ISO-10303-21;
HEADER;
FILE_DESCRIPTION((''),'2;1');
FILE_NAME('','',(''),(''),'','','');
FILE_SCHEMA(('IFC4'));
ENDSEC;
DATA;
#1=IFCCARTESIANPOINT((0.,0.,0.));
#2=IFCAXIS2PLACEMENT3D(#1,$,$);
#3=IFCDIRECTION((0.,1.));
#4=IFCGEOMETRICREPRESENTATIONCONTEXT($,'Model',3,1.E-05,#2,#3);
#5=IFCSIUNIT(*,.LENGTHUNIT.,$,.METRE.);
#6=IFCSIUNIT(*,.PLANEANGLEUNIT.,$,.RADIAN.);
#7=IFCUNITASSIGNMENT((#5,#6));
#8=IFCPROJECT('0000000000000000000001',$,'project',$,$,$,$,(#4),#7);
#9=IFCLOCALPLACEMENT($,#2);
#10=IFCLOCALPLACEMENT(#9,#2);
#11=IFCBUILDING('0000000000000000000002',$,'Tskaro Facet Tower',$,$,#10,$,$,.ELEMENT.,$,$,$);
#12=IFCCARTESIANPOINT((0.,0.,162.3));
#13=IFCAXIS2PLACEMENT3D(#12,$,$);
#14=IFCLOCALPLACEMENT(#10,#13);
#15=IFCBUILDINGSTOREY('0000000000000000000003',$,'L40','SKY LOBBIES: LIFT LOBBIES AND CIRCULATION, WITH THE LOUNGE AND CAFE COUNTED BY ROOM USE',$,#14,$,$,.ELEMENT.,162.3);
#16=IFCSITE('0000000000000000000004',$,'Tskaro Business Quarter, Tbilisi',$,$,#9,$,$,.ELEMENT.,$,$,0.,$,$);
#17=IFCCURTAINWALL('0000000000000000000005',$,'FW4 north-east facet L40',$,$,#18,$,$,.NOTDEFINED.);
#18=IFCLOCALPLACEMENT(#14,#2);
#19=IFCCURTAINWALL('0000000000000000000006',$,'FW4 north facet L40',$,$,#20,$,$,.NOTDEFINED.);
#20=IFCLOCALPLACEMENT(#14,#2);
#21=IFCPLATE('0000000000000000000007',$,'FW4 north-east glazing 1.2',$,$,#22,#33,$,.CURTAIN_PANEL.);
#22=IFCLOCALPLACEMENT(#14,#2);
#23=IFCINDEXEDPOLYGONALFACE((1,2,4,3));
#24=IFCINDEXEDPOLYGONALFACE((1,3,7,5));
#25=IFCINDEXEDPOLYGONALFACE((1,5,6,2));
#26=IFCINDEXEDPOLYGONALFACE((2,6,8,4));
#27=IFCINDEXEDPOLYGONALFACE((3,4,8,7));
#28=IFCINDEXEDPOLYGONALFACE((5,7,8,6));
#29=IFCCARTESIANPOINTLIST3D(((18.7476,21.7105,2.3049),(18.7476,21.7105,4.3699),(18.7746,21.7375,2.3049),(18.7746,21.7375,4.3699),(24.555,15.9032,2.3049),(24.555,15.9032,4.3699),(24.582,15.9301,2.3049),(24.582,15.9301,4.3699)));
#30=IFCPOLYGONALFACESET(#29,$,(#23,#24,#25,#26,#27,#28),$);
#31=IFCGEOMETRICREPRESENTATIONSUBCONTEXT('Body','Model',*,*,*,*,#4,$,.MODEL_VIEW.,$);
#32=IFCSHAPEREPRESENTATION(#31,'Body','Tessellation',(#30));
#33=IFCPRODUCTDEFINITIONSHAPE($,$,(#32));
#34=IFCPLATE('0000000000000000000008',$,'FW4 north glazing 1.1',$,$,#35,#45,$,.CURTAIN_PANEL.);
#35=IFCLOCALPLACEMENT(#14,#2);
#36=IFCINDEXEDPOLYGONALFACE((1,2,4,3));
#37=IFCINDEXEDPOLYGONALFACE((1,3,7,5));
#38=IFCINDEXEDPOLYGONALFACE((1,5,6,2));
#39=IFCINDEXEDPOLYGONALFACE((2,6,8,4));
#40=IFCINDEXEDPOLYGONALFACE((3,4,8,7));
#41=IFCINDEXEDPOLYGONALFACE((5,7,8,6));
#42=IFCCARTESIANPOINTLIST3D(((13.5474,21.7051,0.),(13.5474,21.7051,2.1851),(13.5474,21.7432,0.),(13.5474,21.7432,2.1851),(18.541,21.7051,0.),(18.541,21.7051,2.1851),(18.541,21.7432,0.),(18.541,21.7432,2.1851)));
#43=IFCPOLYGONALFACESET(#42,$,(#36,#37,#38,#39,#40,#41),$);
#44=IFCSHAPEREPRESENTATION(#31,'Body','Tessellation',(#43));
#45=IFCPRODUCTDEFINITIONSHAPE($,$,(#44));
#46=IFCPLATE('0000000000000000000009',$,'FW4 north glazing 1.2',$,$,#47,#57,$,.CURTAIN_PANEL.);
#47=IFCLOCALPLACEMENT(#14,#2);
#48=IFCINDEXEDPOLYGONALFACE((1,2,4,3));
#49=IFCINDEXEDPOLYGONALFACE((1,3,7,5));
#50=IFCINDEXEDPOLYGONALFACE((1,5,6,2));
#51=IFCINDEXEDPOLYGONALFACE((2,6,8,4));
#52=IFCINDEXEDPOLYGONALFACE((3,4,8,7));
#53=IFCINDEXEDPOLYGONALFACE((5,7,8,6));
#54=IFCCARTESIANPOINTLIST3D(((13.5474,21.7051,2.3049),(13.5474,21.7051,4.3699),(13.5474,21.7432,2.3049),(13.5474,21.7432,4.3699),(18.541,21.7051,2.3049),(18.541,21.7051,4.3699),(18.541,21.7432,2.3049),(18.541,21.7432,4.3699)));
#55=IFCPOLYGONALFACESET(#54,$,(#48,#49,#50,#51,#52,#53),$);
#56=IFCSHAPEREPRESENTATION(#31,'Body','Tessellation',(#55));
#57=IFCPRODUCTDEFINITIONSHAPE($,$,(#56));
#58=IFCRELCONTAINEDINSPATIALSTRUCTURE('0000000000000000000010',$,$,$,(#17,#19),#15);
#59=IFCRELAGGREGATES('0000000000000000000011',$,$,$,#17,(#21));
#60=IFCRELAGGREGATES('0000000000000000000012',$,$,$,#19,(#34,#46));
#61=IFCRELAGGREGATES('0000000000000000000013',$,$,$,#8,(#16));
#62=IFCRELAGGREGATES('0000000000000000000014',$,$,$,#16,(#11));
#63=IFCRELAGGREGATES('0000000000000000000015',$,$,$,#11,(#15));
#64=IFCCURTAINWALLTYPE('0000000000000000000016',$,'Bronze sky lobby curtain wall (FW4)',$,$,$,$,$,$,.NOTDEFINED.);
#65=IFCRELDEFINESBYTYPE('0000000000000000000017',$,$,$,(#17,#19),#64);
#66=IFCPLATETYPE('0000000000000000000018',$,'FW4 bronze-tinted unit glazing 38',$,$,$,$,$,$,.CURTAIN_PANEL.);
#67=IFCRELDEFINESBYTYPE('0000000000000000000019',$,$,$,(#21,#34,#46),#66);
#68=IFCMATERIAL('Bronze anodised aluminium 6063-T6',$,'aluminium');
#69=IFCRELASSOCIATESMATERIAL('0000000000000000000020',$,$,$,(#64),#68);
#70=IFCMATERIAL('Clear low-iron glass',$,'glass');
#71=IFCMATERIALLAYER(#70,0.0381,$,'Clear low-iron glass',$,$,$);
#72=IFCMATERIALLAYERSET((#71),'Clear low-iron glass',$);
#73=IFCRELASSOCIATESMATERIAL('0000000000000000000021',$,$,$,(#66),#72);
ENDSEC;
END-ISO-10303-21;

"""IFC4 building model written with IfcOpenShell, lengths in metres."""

from ifc_helpers import new_model, si_unit, direction, frame, origin, origin_2d, place, context, subcontext, project, spatial, rectangle, extrude, material, layer, layer_set, type_object, element, aggregate, save


model = new_model("IFC4")

# Units and contexts
model_context = context("Model", 3, precision=1e-05, world=origin(), true_north=direction((0.0, 1.0)))
body_context = subcontext(model_context, "Body", "Model", "MODEL_VIEW")
ifc_project = project(units=[si_unit("LENGTHUNIT", "METRE"), si_unit("PLANEANGLEUNIT", "RADIAN")], contexts=[model_context])

# Site, building, storey
site_placement = place(None, origin())
site = spatial("IfcSite", under=ifc_project, at=site_placement, Name="Tskaro Business Quarter, Tbilisi", CompositionType="ELEMENT", RefElevation=0.0)
building_placement = place(site_placement, origin())
building = spatial("IfcBuilding", under=site, at=building_placement, Name="Tskaro Facet Tower", CompositionType="ELEMENT")
storey_placement = place(building_placement, frame((0.0, 0.0, 162.3)))
storey = spatial("IfcBuildingStorey", under=building, at=storey_placement, Name="L40", Description="SKY LOBBIES: LIFT LOBBIES AND CIRCULATION, WITH THE LOUNGE AND CAFE COUNTED BY ROOM USE", CompositionType="ELEMENT", Elevation=162.3)

# Curtain walls
ifc_material_1 = material(Name="Bronze anodised aluminium 6063-T6", Category="aluminium")
curtain_wall_type = type_object("IfcCurtainWallType", Name="Bronze sky lobby curtain wall (FW4)", PredefinedType="NOTDEFINED", material=ifc_material_1)
curtain_wall_1_placement = place(storey_placement, origin())
curtain_wall_1 = element("IfcCurtainWall", 1, at=curtain_wall_1_placement, inside=storey, type_object=curtain_wall_type, Name="FW4 north-east facet L40", PredefinedType="NOTDEFINED")
curtain_wall_2_placement = place(storey_placement, origin())
curtain_wall_2 = element("IfcCurtainWall", 2, at=curtain_wall_2_placement, inside=storey, type_object=curtain_wall_type, Name="FW4 north facet L40", PredefinedType="NOTDEFINED")

# Plates
ifc_material_2 = material(Name="Clear low-iron glass", Category="glass")
ifc_layer = layer(ifc_material_2, 0.0381, Name="Clear low-iron glass")
ifc_layer_set = layer_set([ifc_layer], Name="Clear low-iron glass")
plate_type = type_object("IfcPlateType", Name="FW4 bronze-tinted unit glazing 38", PredefinedType="CURTAIN_PANEL", material=ifc_layer_set)
plate_1_placement = place(storey_placement, frame((21.6648, 18.8203, 2.3049), z_axis=(0.0, 0.0, 1.0), x_axis=(-0.707107, 0.707107, 0.0)))
plate_1 = element("IfcPlate", 3, at=plate_1_placement, type_object=plate_type, Name="FW4 north-east glazing 1.2", PredefinedType="CURTAIN_PANEL", context=body_context, shape_type="SweptSolid", body=[
    extrude(rectangle(XDim=8.2129, YDim=0.0381, at=origin_2d()), origin(), (0.0, 0.0, 1.0), 2.0649),
])
aggregate(curtain_wall_1, [plate_1])
plate_2_placement = place(storey_placement, frame((16.0442, 21.7241, 0.0), z_axis=(0.0, 0.0, 1.0), x_axis=(-1.0, 0.0, 0.0)))
plate_2 = element("IfcPlate", 4, at=plate_2_placement, type_object=plate_type, Name="FW4 north glazing 1.1", PredefinedType="CURTAIN_PANEL", context=body_context, shape_type="SweptSolid", body=[
    extrude(rectangle(XDim=4.9937, YDim=0.0381, at=origin_2d()), origin(), (0.0, 0.0, 1.0), 2.1851),
])
plate_3_placement = place(storey_placement, frame((16.0442, 21.7241, 2.3049), z_axis=(0.0, 0.0, 1.0), x_axis=(-1.0, 0.0, 0.0)))
plate_3 = element("IfcPlate", 5, at=plate_3_placement, type_object=plate_type, Name="FW4 north glazing 1.2", PredefinedType="CURTAIN_PANEL", context=body_context, shape_type="SweptSolid", body=[
    extrude(rectangle(XDim=4.9937, YDim=0.0381, at=origin_2d()), origin(), (0.0, 0.0, 1.0), 2.0649),
])
aggregate(curtain_wall_2, [plate_2, plate_3])

save(model, "model.ifc")
